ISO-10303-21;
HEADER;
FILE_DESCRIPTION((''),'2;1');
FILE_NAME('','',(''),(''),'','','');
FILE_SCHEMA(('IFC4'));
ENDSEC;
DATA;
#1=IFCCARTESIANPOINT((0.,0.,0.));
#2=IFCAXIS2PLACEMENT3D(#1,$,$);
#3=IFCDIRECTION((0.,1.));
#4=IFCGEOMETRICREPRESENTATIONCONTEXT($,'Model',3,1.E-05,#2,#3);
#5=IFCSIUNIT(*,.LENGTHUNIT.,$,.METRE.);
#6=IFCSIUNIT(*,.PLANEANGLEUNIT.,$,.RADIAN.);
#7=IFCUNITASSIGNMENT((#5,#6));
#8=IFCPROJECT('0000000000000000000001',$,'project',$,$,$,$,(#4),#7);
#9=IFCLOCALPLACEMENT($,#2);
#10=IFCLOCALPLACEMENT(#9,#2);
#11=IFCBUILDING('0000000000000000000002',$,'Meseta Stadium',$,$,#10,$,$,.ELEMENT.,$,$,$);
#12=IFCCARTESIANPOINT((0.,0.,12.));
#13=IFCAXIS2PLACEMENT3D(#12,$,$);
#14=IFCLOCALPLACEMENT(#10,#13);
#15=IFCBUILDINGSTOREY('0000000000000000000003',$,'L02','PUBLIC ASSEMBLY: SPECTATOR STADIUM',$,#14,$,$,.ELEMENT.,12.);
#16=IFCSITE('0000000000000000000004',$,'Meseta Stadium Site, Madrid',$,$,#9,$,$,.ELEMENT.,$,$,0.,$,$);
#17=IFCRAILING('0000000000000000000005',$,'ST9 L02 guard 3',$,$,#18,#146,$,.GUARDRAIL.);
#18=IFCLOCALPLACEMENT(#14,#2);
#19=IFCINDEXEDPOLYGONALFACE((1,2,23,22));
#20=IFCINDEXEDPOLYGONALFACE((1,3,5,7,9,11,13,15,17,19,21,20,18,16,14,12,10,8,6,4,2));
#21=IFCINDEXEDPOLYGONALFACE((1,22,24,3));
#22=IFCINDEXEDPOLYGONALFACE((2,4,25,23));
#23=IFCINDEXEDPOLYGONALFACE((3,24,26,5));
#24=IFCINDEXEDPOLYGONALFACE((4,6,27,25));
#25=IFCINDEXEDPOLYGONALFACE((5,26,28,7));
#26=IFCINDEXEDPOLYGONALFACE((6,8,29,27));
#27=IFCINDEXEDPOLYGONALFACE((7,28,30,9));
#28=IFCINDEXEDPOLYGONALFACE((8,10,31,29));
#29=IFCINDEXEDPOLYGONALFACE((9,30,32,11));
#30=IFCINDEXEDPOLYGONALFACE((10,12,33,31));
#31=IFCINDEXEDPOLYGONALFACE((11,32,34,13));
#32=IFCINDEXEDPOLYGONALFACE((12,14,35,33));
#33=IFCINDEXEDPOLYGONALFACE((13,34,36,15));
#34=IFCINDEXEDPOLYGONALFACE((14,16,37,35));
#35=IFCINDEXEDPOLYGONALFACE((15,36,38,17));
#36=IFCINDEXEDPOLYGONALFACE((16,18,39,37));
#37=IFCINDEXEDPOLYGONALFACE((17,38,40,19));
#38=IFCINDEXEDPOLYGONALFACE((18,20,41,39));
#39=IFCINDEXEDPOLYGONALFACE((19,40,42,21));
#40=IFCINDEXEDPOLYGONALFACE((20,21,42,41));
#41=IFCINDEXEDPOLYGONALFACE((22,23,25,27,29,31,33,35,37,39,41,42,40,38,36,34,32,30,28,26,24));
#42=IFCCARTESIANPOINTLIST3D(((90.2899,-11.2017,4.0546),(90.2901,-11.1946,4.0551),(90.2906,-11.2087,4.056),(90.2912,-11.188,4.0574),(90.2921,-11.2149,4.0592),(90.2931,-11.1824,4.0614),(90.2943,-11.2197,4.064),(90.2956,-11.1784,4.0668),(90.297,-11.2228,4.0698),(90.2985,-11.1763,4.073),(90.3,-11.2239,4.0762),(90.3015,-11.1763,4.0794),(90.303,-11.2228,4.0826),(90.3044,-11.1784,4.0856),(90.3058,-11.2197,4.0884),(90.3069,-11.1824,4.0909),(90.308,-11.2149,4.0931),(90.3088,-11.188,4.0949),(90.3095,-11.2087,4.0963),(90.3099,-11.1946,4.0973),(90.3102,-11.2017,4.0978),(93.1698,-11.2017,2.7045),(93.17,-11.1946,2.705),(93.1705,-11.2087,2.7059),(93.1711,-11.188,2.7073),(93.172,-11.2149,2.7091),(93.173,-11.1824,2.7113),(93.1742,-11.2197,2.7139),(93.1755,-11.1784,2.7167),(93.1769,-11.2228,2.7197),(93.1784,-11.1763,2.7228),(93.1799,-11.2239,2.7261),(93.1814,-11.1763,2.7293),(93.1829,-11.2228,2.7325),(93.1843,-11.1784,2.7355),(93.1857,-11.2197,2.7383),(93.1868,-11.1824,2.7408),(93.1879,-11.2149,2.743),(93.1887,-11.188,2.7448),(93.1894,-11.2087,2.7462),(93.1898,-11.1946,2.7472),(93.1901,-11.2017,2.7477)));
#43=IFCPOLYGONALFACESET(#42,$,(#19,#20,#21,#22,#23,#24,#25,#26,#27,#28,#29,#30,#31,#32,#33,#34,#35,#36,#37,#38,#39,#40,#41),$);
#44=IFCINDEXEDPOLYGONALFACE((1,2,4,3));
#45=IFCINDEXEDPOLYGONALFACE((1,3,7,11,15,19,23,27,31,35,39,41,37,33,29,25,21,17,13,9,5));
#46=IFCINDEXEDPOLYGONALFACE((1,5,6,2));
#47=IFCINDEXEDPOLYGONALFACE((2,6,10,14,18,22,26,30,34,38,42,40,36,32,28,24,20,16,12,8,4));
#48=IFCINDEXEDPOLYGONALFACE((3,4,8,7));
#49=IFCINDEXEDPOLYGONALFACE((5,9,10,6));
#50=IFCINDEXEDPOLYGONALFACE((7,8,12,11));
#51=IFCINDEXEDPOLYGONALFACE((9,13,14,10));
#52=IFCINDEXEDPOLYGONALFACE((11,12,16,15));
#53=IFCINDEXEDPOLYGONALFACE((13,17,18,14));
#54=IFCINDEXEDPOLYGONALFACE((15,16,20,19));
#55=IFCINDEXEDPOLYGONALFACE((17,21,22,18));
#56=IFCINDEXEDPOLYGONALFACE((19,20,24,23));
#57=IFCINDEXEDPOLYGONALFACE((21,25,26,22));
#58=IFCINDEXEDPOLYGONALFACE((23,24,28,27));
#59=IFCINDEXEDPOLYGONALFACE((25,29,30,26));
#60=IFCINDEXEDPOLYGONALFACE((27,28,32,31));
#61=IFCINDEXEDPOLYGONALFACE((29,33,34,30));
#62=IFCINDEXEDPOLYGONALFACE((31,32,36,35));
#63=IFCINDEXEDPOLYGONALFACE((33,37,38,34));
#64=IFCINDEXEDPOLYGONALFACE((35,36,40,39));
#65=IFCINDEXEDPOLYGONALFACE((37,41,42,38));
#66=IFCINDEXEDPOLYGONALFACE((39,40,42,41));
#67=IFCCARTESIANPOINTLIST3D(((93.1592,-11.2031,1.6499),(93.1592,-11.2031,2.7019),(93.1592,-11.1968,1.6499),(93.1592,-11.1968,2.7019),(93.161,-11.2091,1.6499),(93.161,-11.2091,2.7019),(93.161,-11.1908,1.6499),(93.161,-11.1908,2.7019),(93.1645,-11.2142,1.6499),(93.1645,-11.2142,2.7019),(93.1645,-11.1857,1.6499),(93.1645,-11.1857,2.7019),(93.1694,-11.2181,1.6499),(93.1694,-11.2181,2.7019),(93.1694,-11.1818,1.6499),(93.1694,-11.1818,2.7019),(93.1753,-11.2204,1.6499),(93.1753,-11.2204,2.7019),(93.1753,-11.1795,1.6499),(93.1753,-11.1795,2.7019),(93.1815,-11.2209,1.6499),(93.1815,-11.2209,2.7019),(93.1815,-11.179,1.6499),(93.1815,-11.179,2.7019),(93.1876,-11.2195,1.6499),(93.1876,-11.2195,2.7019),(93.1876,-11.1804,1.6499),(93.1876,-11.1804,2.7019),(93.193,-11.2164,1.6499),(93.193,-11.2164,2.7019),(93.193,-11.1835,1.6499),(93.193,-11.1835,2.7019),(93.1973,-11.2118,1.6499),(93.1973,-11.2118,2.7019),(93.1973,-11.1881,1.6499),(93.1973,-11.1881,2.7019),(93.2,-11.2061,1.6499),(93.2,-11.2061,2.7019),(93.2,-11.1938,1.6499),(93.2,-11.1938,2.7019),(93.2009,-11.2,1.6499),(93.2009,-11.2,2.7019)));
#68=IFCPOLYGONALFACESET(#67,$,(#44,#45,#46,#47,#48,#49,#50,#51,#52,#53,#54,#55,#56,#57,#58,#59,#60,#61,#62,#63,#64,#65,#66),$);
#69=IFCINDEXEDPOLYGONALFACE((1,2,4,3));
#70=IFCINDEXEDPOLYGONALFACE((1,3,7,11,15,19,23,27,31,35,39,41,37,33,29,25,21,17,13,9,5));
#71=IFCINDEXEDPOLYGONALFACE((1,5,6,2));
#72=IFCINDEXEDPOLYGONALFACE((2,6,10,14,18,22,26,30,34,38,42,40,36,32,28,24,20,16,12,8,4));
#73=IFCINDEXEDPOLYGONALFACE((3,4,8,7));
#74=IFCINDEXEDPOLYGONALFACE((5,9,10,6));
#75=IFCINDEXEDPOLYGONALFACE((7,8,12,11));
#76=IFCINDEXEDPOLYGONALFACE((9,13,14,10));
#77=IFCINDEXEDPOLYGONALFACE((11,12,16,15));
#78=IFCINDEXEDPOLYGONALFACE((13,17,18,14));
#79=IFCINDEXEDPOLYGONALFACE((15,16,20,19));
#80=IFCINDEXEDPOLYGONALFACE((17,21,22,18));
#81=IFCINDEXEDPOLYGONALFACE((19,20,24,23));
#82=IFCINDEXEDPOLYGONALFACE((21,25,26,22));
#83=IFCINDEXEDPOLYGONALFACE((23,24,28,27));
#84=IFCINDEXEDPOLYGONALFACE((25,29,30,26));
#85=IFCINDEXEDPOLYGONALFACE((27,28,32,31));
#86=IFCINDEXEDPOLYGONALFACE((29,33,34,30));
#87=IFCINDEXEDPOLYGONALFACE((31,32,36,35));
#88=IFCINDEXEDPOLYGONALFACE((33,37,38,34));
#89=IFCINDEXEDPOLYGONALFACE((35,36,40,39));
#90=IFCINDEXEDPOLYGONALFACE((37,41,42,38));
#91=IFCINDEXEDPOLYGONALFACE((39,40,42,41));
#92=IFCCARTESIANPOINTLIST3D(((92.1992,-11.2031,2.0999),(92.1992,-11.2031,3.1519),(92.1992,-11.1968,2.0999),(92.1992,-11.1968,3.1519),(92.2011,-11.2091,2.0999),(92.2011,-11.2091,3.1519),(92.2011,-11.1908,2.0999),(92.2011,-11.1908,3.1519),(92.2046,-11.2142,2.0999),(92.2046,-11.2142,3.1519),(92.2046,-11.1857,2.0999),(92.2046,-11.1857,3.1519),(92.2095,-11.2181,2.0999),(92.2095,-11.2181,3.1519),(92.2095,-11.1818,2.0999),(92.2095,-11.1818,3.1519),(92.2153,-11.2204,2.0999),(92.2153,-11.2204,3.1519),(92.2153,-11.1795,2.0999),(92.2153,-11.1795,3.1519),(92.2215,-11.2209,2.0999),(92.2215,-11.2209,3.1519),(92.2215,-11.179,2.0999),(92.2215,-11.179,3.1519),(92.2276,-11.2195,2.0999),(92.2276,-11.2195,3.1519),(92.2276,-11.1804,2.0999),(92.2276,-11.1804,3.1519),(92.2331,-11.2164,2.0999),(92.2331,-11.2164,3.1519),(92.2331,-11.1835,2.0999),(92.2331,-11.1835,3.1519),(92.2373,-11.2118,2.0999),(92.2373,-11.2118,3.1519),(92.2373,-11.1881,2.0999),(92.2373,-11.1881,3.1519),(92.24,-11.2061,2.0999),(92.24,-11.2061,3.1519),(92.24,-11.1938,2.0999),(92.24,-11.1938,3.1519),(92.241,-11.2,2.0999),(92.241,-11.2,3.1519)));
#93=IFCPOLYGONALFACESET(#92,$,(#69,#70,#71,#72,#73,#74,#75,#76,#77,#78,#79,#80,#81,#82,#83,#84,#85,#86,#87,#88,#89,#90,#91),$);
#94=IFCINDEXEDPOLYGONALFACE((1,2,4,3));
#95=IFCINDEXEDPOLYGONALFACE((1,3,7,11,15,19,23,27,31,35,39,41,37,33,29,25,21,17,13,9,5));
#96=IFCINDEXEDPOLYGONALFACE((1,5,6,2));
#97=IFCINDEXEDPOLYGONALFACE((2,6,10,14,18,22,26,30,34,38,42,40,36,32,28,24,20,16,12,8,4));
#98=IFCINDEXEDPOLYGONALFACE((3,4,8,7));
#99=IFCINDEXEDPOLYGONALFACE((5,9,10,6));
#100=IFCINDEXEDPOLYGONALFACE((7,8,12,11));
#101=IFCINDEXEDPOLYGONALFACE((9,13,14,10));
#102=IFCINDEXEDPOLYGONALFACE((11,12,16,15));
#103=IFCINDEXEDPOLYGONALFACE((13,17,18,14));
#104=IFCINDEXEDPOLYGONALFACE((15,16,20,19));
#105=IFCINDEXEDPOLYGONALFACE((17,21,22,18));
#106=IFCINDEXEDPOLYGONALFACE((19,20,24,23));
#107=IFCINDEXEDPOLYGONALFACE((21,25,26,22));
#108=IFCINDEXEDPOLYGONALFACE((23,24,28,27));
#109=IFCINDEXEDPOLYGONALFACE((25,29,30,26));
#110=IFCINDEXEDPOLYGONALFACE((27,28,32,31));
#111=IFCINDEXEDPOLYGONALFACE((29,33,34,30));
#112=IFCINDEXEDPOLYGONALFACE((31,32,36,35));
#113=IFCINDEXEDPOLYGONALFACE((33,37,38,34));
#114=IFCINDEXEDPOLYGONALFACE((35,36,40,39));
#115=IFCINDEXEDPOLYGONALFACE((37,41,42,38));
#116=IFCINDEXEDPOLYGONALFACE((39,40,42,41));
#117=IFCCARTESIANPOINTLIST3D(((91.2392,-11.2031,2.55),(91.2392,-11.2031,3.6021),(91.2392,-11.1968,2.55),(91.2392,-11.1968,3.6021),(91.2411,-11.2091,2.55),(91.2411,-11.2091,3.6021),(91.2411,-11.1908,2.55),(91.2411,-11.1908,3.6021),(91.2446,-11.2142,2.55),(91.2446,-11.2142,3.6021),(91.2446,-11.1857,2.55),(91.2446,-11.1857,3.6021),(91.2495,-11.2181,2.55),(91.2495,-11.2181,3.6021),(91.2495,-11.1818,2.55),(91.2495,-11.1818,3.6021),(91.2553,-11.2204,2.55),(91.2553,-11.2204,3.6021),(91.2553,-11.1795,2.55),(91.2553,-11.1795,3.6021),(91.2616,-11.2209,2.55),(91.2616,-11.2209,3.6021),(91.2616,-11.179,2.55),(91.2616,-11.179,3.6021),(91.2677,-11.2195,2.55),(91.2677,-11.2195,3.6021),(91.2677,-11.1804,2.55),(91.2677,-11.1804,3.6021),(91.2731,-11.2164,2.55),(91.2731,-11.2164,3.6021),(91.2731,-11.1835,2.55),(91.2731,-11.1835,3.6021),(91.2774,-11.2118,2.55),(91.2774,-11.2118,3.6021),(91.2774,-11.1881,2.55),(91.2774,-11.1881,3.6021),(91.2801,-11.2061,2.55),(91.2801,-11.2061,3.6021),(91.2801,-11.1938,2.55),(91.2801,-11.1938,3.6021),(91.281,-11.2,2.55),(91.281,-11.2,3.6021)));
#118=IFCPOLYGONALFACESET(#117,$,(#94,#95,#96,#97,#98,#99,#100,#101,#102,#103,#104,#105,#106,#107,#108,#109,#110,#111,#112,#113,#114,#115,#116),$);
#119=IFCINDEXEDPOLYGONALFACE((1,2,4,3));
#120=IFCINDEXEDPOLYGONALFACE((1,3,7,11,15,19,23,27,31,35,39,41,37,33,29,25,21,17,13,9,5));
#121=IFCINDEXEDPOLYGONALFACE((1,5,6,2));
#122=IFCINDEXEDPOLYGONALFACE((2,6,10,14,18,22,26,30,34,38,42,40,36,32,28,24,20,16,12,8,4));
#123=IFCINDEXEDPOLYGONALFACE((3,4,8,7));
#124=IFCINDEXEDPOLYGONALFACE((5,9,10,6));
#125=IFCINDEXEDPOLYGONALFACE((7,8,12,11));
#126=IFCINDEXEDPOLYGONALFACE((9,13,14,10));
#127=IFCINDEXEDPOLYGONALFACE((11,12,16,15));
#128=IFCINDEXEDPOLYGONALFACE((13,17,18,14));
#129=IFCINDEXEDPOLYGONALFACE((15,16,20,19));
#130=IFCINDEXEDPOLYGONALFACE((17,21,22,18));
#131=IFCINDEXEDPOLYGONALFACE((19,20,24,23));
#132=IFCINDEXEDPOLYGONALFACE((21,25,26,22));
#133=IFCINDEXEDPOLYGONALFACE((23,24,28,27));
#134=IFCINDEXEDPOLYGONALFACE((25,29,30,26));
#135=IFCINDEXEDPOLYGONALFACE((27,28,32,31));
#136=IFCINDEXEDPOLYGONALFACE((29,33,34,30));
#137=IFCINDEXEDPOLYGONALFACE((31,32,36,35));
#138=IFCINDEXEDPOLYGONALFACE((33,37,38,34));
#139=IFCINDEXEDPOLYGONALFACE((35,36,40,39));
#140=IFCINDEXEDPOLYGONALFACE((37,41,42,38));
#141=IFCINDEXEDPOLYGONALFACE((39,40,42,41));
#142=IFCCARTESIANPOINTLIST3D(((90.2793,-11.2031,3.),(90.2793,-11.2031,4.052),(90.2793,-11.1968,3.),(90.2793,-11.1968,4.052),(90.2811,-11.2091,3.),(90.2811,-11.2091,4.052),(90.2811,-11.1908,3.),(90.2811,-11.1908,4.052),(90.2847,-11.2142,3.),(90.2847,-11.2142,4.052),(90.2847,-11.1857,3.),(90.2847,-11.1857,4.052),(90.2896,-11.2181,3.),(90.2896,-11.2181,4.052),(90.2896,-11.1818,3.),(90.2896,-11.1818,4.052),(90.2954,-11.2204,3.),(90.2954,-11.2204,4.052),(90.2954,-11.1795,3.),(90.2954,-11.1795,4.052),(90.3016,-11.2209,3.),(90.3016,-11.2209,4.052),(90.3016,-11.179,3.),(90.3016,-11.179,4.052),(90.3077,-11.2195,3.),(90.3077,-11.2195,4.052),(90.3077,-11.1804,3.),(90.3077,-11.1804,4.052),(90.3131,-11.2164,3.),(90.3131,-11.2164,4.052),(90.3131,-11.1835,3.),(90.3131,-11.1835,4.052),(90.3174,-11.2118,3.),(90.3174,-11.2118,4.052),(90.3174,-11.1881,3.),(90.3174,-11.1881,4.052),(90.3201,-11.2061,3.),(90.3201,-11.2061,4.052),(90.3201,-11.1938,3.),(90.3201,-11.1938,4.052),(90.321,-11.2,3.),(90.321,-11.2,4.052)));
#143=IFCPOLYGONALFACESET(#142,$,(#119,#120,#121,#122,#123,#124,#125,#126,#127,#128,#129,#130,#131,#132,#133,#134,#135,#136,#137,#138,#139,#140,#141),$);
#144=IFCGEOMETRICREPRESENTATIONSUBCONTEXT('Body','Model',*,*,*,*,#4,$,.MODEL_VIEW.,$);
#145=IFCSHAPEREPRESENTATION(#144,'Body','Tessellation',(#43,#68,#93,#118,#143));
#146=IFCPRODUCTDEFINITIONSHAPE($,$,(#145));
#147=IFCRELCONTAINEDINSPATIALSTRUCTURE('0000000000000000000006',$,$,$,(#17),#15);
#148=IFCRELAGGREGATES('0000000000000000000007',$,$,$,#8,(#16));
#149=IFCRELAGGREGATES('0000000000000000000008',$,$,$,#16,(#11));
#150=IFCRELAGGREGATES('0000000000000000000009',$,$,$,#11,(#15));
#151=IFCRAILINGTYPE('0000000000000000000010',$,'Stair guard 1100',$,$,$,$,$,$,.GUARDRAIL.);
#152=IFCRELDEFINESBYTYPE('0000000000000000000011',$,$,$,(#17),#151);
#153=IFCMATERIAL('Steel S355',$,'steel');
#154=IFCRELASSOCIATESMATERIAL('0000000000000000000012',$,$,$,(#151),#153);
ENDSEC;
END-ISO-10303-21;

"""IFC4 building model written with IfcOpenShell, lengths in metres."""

from ifc_helpers import new_model, si_unit, direction, frame, origin, origin_2d, place, context, subcontext, project, spatial, circle, extrude, material, type_object, element, save


model = new_model("IFC4")

# Units and contexts
model_context = context("Model", 3, precision=1e-05, world=origin(), true_north=direction((0.0, 1.0)))
body_context = subcontext(model_context, "Body", "Model", "MODEL_VIEW")
ifc_project = project(units=[si_unit("LENGTHUNIT", "METRE"), si_unit("PLANEANGLEUNIT", "RADIAN")], contexts=[model_context])

# Site, building, storey
site_placement = place(None, origin())
site = spatial("IfcSite", under=ifc_project, at=site_placement, Name="Meseta Stadium Site, Madrid", CompositionType="ELEMENT", RefElevation=0.0)
building_placement = place(site_placement, origin())
building = spatial("IfcBuilding", under=site, at=building_placement, Name="Meseta Stadium", CompositionType="ELEMENT")
storey_placement = place(building_placement, frame((0.0, 0.0, 12.0)))
storey = spatial("IfcBuildingStorey", under=building, at=storey_placement, Name="L02", Description="PUBLIC ASSEMBLY: SPECTATOR STADIUM", CompositionType="ELEMENT", Elevation=12.0)

# Railing
ifc_material_1 = material(Name="Steel S355", Category="steel")
railing_type_1 = type_object("IfcRailingType", Name="Stair guard 1100", PredefinedType="GUARDRAIL", material=ifc_material_1)
railing_1_placement = place(storey_placement, frame((93.1799, -11.2, 1.6499)))
element("IfcRailing", 1, at=railing_1_placement, inside=storey, type_object=railing_type_1, Name="ST9 L02 guard 3", PredefinedType="GUARDRAIL", context=body_context, shape_type="SweptSolid", body=[
    extrude(circle(Radius=0.0239, at=origin_2d()), frame((0.0, 0.0, 1.0762), z_axis=(-0.90544, 0.0, 0.424473), x_axis=(0.0, -1.0, 0.0)), (0.0, 0.0, 1.0), 3.1807),
    extrude(circle(Radius=0.021, at=origin_2d()), origin(), (0.0, 0.0, 1.0), 1.052),
    extrude(circle(Radius=0.021, at=origin_2d()), frame((-0.96, 0.0, 0.45)), (0.0, 0.0, 1.0), 1.052),
    extrude(circle(Radius=0.021, at=origin_2d()), frame((-1.9199, 0.0, 0.9001)), (0.0, 0.0, 1.0), 1.052),
    extrude(circle(Radius=0.021, at=origin_2d()), frame((-2.8799, 0.0, 1.3501)), (0.0, 0.0, 1.0), 1.052),
])

save(model, "model.ifc")
